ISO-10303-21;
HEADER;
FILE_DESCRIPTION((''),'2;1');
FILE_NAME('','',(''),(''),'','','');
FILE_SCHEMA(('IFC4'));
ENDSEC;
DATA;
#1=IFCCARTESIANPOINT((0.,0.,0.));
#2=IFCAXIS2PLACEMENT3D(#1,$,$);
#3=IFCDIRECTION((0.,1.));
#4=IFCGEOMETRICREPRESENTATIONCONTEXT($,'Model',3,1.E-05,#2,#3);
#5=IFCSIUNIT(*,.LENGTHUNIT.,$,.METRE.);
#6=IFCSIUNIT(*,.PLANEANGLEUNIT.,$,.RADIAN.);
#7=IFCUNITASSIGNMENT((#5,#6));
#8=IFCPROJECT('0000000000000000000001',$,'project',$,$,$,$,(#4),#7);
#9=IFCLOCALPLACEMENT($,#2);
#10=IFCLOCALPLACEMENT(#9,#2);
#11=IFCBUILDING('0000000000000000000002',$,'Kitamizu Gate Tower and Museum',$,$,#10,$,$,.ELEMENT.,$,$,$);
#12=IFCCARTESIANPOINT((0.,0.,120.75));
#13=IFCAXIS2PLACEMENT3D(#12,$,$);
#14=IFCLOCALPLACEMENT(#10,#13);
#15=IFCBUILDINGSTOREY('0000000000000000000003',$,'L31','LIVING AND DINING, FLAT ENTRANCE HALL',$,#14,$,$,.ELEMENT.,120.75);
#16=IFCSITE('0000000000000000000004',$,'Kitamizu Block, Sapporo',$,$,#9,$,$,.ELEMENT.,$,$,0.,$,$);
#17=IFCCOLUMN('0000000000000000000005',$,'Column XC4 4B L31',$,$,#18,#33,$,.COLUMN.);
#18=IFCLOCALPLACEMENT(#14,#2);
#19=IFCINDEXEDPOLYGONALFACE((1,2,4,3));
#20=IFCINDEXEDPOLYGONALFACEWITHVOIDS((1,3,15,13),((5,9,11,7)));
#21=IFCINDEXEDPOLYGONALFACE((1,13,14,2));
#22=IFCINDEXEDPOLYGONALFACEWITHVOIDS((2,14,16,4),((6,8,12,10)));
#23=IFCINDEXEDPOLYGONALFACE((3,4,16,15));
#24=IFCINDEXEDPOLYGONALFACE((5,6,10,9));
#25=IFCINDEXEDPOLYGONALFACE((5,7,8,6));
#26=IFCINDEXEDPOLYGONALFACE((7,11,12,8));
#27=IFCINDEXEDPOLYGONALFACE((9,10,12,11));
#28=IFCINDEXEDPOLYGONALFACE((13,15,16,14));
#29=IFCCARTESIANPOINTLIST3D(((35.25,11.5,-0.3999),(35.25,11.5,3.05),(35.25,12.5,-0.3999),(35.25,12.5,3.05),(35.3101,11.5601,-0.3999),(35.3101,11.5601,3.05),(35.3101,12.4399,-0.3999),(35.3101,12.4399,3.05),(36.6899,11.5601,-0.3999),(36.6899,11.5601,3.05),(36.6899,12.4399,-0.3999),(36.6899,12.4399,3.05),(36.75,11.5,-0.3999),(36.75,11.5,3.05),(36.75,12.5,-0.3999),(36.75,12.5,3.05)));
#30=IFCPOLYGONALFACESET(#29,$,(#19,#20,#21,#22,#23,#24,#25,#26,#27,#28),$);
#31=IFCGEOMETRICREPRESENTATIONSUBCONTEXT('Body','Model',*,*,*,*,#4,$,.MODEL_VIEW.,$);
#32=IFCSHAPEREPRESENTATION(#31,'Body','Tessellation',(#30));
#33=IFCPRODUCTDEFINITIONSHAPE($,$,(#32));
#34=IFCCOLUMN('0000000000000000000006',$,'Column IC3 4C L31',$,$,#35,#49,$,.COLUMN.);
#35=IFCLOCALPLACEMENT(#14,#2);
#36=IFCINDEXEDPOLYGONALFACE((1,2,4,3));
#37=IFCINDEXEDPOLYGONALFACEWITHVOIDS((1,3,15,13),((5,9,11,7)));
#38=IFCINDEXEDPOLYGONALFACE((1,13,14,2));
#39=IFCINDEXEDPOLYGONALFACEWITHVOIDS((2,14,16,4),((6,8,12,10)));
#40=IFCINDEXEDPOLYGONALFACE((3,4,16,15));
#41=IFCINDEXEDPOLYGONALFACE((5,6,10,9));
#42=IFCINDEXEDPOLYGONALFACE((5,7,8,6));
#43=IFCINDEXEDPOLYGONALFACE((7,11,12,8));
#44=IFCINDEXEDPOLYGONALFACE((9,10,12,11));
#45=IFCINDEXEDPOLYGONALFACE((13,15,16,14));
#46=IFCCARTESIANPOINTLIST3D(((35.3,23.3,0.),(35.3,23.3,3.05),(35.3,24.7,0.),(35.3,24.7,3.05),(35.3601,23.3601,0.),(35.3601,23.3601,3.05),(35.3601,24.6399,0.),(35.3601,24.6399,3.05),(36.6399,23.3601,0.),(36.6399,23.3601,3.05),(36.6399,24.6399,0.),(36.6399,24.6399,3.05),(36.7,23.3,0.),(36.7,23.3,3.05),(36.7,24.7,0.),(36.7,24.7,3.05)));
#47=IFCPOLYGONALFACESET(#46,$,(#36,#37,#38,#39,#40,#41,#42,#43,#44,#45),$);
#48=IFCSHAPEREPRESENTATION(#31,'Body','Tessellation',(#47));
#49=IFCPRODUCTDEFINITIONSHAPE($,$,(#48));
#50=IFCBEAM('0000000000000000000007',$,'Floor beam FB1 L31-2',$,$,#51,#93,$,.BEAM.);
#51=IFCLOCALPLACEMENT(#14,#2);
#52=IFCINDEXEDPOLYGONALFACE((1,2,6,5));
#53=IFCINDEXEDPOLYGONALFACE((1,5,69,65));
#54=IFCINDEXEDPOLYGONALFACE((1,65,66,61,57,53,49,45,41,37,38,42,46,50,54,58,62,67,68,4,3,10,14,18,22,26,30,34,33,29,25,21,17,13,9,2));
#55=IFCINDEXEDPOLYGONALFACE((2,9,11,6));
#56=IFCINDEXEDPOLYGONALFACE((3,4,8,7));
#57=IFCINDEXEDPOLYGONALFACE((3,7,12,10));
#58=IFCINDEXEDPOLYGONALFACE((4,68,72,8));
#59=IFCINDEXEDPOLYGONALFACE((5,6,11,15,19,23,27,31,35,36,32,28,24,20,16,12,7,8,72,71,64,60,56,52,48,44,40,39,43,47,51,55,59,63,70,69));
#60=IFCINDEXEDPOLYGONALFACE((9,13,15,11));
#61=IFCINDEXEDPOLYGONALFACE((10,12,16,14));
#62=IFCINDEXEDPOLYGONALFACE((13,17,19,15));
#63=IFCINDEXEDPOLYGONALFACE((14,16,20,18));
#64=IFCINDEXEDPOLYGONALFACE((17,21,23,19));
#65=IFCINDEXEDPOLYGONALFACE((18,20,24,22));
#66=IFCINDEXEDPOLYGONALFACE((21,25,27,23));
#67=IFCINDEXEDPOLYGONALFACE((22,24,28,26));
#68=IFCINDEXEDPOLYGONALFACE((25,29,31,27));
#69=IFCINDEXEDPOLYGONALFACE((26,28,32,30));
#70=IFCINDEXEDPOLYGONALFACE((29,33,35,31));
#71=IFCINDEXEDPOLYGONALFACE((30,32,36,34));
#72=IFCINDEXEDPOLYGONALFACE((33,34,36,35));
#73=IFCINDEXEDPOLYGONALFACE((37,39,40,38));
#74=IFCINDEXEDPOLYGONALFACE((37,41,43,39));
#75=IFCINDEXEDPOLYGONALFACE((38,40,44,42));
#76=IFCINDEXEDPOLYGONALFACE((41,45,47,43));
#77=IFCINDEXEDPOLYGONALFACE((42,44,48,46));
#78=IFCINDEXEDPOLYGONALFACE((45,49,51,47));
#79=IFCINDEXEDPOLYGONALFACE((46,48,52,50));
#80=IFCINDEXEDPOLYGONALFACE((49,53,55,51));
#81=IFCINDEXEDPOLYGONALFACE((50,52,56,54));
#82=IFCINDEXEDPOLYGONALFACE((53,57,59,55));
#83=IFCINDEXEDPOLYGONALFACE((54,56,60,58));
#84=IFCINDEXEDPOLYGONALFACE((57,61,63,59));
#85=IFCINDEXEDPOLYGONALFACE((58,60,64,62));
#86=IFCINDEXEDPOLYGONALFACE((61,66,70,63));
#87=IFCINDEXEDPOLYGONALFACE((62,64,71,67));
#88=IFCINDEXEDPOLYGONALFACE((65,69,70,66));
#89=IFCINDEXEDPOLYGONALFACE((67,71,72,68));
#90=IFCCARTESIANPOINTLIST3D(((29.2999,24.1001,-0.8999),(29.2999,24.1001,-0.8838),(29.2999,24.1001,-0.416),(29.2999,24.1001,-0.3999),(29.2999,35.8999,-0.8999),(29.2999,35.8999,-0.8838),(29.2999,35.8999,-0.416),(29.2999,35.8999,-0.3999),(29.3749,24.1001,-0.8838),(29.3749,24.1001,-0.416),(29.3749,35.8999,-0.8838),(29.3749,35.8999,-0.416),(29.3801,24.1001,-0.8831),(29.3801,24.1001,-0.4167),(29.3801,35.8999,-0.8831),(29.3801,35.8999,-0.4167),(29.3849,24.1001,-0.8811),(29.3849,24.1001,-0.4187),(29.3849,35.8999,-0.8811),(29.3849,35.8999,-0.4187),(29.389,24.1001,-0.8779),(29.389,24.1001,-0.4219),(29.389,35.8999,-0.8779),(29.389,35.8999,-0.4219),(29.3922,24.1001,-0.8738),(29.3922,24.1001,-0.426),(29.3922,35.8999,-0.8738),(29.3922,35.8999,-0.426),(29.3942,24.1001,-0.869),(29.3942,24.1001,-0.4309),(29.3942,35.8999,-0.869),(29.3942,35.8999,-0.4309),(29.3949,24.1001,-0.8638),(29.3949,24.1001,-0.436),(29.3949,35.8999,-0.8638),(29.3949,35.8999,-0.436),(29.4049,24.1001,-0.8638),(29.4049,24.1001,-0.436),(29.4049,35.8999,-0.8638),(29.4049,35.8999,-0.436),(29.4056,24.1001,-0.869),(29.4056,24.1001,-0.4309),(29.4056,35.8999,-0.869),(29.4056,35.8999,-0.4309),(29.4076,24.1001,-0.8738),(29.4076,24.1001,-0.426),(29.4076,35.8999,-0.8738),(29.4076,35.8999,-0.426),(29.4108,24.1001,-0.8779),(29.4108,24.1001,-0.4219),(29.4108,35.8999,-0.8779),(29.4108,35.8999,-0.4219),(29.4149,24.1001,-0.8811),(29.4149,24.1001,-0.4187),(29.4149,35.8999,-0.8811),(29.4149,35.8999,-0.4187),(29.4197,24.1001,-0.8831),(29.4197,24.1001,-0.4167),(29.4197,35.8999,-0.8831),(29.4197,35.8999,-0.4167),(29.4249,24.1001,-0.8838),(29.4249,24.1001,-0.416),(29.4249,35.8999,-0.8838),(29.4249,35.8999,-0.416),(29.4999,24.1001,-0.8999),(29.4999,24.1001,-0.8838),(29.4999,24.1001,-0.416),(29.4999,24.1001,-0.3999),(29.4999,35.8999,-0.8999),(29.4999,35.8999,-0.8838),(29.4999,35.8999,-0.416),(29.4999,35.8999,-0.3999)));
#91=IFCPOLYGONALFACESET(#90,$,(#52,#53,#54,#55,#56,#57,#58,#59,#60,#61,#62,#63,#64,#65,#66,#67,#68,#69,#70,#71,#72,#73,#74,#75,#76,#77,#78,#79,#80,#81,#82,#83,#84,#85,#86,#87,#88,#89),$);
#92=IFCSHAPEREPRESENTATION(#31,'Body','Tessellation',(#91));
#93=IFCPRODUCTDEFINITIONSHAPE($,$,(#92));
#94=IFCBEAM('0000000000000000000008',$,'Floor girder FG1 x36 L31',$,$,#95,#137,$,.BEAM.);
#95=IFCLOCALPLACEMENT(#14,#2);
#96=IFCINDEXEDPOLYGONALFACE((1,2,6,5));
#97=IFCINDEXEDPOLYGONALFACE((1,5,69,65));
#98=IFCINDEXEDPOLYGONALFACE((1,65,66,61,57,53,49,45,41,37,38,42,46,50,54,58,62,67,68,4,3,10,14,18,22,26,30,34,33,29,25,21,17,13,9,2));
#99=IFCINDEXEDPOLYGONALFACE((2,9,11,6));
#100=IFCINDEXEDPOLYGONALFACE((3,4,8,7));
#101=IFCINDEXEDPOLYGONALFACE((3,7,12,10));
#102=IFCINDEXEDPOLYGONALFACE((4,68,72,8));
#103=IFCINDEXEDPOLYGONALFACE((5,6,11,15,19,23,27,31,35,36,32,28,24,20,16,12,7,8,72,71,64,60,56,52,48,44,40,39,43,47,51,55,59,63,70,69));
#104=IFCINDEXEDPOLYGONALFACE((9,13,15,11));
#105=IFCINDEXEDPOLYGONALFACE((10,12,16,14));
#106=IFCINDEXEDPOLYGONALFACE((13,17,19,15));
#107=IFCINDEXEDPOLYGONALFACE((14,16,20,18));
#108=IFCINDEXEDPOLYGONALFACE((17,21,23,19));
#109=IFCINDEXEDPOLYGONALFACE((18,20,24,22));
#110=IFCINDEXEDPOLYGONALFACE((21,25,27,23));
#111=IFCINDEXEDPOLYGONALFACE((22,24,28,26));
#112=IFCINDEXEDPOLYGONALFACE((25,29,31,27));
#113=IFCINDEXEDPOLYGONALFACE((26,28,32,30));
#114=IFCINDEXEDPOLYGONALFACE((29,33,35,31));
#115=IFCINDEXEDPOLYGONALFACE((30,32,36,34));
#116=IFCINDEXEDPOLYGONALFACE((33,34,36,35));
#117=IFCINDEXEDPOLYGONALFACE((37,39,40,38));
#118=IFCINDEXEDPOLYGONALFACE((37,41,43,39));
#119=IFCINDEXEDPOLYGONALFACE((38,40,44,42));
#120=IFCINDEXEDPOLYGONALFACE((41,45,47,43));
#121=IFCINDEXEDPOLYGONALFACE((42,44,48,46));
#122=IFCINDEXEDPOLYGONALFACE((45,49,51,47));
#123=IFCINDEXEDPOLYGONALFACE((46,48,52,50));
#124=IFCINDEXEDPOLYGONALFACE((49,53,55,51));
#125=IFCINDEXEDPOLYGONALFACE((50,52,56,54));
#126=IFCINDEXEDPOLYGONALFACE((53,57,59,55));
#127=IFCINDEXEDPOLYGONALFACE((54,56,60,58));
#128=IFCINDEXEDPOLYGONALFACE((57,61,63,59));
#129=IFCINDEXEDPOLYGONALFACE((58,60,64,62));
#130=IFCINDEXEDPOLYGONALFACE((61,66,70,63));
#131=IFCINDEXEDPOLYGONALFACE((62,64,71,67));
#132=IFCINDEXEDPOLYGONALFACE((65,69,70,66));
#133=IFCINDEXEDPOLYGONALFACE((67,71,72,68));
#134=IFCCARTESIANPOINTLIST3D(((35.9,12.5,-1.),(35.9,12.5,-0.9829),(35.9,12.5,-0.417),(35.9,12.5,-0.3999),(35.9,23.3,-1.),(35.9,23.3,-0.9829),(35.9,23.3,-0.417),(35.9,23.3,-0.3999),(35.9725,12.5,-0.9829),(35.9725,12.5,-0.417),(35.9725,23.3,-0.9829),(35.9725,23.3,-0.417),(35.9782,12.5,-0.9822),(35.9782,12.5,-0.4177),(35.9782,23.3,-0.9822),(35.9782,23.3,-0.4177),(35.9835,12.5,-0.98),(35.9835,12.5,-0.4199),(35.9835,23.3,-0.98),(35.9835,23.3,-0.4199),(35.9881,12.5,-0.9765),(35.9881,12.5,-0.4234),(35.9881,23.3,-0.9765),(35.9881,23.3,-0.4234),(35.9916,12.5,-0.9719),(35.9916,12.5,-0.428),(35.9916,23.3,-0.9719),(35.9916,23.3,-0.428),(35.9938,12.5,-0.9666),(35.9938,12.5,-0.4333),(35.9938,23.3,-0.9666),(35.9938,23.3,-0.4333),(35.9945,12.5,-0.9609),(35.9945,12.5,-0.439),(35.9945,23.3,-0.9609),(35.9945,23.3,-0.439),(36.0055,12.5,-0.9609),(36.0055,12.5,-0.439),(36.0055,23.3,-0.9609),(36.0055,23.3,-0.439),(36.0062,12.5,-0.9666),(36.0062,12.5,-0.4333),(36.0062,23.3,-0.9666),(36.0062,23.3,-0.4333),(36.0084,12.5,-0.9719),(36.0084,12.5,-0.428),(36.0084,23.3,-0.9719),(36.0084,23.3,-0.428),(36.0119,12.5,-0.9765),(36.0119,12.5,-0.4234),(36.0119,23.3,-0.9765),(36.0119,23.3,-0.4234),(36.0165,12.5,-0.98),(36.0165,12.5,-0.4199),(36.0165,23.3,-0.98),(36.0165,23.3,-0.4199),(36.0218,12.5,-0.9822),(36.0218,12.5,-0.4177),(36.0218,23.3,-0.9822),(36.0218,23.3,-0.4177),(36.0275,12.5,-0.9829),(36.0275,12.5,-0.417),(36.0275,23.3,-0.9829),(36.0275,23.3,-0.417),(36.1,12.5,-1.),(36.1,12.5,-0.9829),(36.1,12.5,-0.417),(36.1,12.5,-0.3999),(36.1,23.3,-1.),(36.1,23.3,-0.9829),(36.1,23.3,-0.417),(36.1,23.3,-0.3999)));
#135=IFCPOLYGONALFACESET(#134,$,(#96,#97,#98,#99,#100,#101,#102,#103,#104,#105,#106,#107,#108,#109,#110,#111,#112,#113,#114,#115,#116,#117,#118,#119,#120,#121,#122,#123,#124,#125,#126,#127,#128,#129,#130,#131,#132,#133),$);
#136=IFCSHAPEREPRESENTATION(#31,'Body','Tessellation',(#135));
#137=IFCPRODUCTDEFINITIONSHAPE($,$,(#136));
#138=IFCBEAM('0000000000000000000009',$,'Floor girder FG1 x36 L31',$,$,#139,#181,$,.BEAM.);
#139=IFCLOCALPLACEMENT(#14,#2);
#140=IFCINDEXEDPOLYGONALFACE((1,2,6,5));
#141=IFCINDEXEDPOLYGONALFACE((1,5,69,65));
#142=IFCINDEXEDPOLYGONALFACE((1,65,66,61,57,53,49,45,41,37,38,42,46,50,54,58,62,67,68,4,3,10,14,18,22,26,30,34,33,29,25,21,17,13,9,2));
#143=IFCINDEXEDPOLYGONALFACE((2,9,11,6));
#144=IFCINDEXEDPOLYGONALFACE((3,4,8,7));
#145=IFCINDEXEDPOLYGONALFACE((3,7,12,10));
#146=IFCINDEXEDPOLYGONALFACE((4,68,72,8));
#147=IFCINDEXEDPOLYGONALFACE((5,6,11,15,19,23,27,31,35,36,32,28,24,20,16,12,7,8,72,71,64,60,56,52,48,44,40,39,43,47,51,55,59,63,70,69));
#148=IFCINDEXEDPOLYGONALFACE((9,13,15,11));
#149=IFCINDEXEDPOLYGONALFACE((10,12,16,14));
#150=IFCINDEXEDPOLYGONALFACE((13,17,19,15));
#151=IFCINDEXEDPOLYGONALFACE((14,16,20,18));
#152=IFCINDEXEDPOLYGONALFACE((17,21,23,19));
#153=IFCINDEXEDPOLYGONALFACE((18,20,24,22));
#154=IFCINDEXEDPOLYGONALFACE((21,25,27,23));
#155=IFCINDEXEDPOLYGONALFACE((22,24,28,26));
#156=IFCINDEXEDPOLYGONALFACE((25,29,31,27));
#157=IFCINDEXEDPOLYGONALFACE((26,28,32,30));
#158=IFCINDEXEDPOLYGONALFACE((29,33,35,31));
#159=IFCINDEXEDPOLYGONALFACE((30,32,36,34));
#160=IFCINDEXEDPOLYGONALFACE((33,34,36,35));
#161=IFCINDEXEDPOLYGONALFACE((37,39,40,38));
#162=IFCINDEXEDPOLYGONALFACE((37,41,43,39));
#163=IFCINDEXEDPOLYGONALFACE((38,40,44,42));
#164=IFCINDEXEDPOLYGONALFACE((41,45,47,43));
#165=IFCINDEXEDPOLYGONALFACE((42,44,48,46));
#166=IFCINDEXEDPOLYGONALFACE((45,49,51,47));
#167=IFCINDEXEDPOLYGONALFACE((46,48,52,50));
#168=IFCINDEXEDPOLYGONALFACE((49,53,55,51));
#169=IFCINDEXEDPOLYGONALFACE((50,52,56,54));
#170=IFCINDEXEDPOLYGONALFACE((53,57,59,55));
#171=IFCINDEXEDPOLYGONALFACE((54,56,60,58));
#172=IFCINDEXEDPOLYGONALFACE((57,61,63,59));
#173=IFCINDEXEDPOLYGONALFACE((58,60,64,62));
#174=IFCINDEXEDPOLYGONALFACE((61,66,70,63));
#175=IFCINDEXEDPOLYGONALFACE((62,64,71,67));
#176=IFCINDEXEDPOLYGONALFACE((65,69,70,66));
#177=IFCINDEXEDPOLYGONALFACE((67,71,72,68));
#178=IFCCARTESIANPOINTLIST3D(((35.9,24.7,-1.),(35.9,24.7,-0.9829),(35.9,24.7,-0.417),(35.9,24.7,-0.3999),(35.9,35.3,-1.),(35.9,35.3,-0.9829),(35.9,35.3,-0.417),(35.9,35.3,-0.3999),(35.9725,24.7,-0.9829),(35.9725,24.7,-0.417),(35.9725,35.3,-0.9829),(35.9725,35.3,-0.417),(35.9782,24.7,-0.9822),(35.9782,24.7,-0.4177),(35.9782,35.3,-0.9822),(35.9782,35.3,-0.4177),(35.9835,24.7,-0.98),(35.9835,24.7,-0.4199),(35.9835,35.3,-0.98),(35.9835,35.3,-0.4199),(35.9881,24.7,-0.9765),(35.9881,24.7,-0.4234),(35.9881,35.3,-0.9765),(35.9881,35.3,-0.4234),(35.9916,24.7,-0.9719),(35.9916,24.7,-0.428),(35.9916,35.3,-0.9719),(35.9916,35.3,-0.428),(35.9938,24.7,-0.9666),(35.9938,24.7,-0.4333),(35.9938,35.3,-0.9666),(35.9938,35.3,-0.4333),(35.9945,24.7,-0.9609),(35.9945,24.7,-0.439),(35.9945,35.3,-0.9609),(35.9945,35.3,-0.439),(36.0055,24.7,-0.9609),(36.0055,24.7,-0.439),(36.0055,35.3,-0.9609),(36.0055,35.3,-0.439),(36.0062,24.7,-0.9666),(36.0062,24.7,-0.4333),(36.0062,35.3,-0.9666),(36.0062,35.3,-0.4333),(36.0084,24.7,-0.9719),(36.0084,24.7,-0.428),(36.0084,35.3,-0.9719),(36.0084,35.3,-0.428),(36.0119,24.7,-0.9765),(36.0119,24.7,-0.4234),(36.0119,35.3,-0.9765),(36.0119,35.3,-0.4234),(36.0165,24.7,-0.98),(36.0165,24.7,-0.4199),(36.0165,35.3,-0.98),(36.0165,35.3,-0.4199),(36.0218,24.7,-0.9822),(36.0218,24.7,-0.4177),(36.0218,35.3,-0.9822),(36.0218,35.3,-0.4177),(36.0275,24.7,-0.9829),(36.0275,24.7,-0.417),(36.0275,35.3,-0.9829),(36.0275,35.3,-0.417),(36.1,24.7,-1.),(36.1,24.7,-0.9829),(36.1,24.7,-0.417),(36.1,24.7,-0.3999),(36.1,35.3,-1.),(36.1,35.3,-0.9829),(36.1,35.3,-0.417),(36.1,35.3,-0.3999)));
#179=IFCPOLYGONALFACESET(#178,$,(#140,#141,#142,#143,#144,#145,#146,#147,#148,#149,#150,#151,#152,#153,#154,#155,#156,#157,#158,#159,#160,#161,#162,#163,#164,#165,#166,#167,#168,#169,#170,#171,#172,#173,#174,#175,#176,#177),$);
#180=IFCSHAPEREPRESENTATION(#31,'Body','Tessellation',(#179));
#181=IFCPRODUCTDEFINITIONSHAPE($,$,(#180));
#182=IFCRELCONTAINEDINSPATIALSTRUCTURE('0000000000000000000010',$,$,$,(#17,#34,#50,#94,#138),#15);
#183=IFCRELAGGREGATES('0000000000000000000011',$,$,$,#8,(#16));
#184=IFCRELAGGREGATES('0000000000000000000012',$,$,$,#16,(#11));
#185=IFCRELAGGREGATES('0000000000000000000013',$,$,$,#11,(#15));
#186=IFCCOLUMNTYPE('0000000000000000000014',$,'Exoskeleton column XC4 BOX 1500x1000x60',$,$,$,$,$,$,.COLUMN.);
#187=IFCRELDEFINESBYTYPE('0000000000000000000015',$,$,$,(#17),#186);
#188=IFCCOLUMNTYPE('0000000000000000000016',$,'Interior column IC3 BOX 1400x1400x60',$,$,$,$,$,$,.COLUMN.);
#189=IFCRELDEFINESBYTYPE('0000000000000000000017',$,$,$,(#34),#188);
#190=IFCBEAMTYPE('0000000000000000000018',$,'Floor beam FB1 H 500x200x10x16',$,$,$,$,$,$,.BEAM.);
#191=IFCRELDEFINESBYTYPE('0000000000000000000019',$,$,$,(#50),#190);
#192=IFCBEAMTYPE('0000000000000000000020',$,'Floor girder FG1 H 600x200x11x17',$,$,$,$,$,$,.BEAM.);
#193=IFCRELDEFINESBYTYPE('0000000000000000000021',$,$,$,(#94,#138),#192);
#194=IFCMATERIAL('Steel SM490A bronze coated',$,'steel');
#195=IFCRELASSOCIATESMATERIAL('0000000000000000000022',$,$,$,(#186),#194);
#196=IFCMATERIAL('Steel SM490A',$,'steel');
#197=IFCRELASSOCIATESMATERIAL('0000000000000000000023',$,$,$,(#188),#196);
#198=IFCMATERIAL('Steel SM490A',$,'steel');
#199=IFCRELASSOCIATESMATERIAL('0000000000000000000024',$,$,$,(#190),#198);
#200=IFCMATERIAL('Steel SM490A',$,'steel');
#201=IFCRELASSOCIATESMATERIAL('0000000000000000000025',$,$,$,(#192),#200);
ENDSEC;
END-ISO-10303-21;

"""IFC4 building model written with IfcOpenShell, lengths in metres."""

from ifc_helpers import new_model, si_unit, direction, frame, origin, origin_2d, place, context, subcontext, project, spatial, hollow_rectangle, i_section, extrude, material, material_profile, profile_set, type_object, element, save


model = new_model("IFC4")

# Units and contexts
model_context = context("Model", 3, precision=1e-05, world=origin(), true_north=direction((0.0, 1.0)))
body_context = subcontext(model_context, "Body", "Model", "MODEL_VIEW")
ifc_project = project(units=[si_unit("LENGTHUNIT", "METRE"), si_unit("PLANEANGLEUNIT", "RADIAN")], contexts=[model_context])

# Site, building, storey
site_placement = place(None, origin())
site = spatial("IfcSite", under=ifc_project, at=site_placement, Name="Kitamizu Block, Sapporo", CompositionType="ELEMENT", RefElevation=0.0)
building_placement = place(site_placement, origin())
building = spatial("IfcBuilding", under=site, at=building_placement, Name="Kitamizu Gate Tower and Museum", CompositionType="ELEMENT")
storey_placement = place(building_placement, frame((0.0, 0.0, 120.75)))
storey = spatial("IfcBuildingStorey", under=building, at=storey_placement, Name="L31", Description="LIVING AND DINING, FLAT ENTRANCE HALL", CompositionType="ELEMENT", Elevation=120.75)

# Columns
ifc_material_1 = material(Name="Steel SM490A bronze coated", Category="steel")
ifc_material_profile_1 = material_profile(ifc_material_1, hollow_rectangle(XDim=1.5, YDim=1.0, WallThickness=0.0601, at=origin_2d()), Name="BOX 1500x1000x60")
ifc_profile_set_1 = profile_set([ifc_material_profile_1], Name="Steel SM490A bronze coated")
column_type_1 = type_object("IfcColumnType", Name="Exoskeleton column XC4 BOX 1500x1000x60", PredefinedType="COLUMN", material=ifc_profile_set_1)
column_1_placement = place(storey_placement, frame((36.0, 12.0, -0.3999), z_axis=(0.0, 0.0, 1.0), x_axis=(1.0, 0.0, 0.0)))
element("IfcColumn", 1, at=column_1_placement, inside=storey, type_object=column_type_1, Name="Column XC4 4B L31", PredefinedType="COLUMN", context=body_context, shape_type="SweptSolid", body=[
    extrude(hollow_rectangle(XDim=1.5, YDim=1.0, WallThickness=0.0601, at=origin_2d()), origin(), (0.0, 0.0, 1.0), 3.45),
])
ifc_material_2 = material(Name="Steel SM490A", Category="steel")
ifc_material_profile_2 = material_profile(ifc_material_2, hollow_rectangle(XDim=1.3999, YDim=1.3999, WallThickness=0.0601, at=origin_2d()), Name="BOX 1400x1400x60")
ifc_profile_set_2 = profile_set([ifc_material_profile_2], Name="Steel SM490A")
column_type_2 = type_object("IfcColumnType", Name="Interior column IC3 BOX 1400x1400x60", PredefinedType="COLUMN", material=ifc_profile_set_2)
column_2_placement = place(storey_placement, frame((36.0, 24.0, 0.0), z_axis=(0.0, 0.0, 1.0), x_axis=(1.0, 0.0, 0.0)))
element("IfcColumn", 2, at=column_2_placement, inside=storey, type_object=column_type_2, Name="Column IC3 4C L31", PredefinedType="COLUMN", context=body_context, shape_type="SweptSolid", body=[
    extrude(hollow_rectangle(XDim=1.3999, YDim=1.3999, WallThickness=0.0601, at=origin_2d()), origin(), (0.0, 0.0, 1.0), 3.05),
])

# Beams
ifc_material_3 = material(Name="Steel SM490A", Category="steel")
ifc_material_profile_3 = material_profile(ifc_material_3, i_section(OverallWidth=0.2, OverallDepth=0.5, WebThickness=0.01, FlangeThickness=0.0161, FilletRadius=0.02, at=origin_2d()), Name="H-500x200x10x16")
ifc_profile_set_3 = profile_set([ifc_material_profile_3], Name="Steel SM490A")
beam_type_1 = type_object("IfcBeamType", Name="Floor beam FB1 H 500x200x10x16", PredefinedType="BEAM", material=ifc_profile_set_3)
beam_1_placement = place(storey_placement, frame((29.3999, 24.1001, -0.6499), z_axis=(0.0, 1.0, 0.0), x_axis=(-1.0, 0.0, 0.0)))
element("IfcBeam", 3, at=beam_1_placement, inside=storey, type_object=beam_type_1, Name="Floor beam FB1 L31-2", PredefinedType="BEAM", context=body_context, shape_type="SweptSolid", body=[
    extrude(i_section(OverallWidth=0.2, OverallDepth=0.5, WebThickness=0.01, FlangeThickness=0.0161, FilletRadius=0.02, at=origin_2d()), origin(), (0.0, 0.0, 1.0), 11.7998),
])
ifc_material_4 = material(Name="Steel SM490A", Category="steel")
ifc_material_profile_4 = material_profile(ifc_material_4, i_section(OverallWidth=0.2, OverallDepth=0.6001, WebThickness=0.011, FlangeThickness=0.0171, FilletRadius=0.022, at=origin_2d()), Name="H-600x200x11x17")
ifc_profile_set_4 = profile_set([ifc_material_profile_4], Name="Steel SM490A")
beam_type_2 = type_object("IfcBeamType", Name="Floor girder FG1 H 600x200x11x17", PredefinedType="BEAM", material=ifc_profile_set_4)
beam_2_placement = place(storey_placement, frame((36.0, 12.5, -0.7), z_axis=(0.0, 1.0, 0.0), x_axis=(-1.0, 0.0, 0.0)))
element("IfcBeam", 4, at=beam_2_placement, inside=storey, type_object=beam_type_2, Name="Floor girder FG1 x36 L31", PredefinedType="BEAM", context=body_context, shape_type="SweptSolid", body=[
    extrude(i_section(OverallWidth=0.2, OverallDepth=0.6001, WebThickness=0.011, FlangeThickness=0.0171, FilletRadius=0.022, at=origin_2d()), origin(), (0.0, 0.0, 1.0), 10.8),
])
beam_3_placement = place(storey_placement, frame((36.0, 24.7, -0.7), z_axis=(0.0, 1.0, 0.0), x_axis=(-1.0, 0.0, 0.0)))
element("IfcBeam", 5, at=beam_3_placement, inside=storey, type_object=beam_type_2, Name="Floor girder FG1 x36 L31", PredefinedType="BEAM", context=body_context, shape_type="SweptSolid", body=[
    extrude(i_section(OverallWidth=0.2, OverallDepth=0.6001, WebThickness=0.011, FlangeThickness=0.0171, FilletRadius=0.022, at=origin_2d()), origin(), (0.0, 0.0, 1.0), 10.6001),
])

save(model, "model.ifc")
